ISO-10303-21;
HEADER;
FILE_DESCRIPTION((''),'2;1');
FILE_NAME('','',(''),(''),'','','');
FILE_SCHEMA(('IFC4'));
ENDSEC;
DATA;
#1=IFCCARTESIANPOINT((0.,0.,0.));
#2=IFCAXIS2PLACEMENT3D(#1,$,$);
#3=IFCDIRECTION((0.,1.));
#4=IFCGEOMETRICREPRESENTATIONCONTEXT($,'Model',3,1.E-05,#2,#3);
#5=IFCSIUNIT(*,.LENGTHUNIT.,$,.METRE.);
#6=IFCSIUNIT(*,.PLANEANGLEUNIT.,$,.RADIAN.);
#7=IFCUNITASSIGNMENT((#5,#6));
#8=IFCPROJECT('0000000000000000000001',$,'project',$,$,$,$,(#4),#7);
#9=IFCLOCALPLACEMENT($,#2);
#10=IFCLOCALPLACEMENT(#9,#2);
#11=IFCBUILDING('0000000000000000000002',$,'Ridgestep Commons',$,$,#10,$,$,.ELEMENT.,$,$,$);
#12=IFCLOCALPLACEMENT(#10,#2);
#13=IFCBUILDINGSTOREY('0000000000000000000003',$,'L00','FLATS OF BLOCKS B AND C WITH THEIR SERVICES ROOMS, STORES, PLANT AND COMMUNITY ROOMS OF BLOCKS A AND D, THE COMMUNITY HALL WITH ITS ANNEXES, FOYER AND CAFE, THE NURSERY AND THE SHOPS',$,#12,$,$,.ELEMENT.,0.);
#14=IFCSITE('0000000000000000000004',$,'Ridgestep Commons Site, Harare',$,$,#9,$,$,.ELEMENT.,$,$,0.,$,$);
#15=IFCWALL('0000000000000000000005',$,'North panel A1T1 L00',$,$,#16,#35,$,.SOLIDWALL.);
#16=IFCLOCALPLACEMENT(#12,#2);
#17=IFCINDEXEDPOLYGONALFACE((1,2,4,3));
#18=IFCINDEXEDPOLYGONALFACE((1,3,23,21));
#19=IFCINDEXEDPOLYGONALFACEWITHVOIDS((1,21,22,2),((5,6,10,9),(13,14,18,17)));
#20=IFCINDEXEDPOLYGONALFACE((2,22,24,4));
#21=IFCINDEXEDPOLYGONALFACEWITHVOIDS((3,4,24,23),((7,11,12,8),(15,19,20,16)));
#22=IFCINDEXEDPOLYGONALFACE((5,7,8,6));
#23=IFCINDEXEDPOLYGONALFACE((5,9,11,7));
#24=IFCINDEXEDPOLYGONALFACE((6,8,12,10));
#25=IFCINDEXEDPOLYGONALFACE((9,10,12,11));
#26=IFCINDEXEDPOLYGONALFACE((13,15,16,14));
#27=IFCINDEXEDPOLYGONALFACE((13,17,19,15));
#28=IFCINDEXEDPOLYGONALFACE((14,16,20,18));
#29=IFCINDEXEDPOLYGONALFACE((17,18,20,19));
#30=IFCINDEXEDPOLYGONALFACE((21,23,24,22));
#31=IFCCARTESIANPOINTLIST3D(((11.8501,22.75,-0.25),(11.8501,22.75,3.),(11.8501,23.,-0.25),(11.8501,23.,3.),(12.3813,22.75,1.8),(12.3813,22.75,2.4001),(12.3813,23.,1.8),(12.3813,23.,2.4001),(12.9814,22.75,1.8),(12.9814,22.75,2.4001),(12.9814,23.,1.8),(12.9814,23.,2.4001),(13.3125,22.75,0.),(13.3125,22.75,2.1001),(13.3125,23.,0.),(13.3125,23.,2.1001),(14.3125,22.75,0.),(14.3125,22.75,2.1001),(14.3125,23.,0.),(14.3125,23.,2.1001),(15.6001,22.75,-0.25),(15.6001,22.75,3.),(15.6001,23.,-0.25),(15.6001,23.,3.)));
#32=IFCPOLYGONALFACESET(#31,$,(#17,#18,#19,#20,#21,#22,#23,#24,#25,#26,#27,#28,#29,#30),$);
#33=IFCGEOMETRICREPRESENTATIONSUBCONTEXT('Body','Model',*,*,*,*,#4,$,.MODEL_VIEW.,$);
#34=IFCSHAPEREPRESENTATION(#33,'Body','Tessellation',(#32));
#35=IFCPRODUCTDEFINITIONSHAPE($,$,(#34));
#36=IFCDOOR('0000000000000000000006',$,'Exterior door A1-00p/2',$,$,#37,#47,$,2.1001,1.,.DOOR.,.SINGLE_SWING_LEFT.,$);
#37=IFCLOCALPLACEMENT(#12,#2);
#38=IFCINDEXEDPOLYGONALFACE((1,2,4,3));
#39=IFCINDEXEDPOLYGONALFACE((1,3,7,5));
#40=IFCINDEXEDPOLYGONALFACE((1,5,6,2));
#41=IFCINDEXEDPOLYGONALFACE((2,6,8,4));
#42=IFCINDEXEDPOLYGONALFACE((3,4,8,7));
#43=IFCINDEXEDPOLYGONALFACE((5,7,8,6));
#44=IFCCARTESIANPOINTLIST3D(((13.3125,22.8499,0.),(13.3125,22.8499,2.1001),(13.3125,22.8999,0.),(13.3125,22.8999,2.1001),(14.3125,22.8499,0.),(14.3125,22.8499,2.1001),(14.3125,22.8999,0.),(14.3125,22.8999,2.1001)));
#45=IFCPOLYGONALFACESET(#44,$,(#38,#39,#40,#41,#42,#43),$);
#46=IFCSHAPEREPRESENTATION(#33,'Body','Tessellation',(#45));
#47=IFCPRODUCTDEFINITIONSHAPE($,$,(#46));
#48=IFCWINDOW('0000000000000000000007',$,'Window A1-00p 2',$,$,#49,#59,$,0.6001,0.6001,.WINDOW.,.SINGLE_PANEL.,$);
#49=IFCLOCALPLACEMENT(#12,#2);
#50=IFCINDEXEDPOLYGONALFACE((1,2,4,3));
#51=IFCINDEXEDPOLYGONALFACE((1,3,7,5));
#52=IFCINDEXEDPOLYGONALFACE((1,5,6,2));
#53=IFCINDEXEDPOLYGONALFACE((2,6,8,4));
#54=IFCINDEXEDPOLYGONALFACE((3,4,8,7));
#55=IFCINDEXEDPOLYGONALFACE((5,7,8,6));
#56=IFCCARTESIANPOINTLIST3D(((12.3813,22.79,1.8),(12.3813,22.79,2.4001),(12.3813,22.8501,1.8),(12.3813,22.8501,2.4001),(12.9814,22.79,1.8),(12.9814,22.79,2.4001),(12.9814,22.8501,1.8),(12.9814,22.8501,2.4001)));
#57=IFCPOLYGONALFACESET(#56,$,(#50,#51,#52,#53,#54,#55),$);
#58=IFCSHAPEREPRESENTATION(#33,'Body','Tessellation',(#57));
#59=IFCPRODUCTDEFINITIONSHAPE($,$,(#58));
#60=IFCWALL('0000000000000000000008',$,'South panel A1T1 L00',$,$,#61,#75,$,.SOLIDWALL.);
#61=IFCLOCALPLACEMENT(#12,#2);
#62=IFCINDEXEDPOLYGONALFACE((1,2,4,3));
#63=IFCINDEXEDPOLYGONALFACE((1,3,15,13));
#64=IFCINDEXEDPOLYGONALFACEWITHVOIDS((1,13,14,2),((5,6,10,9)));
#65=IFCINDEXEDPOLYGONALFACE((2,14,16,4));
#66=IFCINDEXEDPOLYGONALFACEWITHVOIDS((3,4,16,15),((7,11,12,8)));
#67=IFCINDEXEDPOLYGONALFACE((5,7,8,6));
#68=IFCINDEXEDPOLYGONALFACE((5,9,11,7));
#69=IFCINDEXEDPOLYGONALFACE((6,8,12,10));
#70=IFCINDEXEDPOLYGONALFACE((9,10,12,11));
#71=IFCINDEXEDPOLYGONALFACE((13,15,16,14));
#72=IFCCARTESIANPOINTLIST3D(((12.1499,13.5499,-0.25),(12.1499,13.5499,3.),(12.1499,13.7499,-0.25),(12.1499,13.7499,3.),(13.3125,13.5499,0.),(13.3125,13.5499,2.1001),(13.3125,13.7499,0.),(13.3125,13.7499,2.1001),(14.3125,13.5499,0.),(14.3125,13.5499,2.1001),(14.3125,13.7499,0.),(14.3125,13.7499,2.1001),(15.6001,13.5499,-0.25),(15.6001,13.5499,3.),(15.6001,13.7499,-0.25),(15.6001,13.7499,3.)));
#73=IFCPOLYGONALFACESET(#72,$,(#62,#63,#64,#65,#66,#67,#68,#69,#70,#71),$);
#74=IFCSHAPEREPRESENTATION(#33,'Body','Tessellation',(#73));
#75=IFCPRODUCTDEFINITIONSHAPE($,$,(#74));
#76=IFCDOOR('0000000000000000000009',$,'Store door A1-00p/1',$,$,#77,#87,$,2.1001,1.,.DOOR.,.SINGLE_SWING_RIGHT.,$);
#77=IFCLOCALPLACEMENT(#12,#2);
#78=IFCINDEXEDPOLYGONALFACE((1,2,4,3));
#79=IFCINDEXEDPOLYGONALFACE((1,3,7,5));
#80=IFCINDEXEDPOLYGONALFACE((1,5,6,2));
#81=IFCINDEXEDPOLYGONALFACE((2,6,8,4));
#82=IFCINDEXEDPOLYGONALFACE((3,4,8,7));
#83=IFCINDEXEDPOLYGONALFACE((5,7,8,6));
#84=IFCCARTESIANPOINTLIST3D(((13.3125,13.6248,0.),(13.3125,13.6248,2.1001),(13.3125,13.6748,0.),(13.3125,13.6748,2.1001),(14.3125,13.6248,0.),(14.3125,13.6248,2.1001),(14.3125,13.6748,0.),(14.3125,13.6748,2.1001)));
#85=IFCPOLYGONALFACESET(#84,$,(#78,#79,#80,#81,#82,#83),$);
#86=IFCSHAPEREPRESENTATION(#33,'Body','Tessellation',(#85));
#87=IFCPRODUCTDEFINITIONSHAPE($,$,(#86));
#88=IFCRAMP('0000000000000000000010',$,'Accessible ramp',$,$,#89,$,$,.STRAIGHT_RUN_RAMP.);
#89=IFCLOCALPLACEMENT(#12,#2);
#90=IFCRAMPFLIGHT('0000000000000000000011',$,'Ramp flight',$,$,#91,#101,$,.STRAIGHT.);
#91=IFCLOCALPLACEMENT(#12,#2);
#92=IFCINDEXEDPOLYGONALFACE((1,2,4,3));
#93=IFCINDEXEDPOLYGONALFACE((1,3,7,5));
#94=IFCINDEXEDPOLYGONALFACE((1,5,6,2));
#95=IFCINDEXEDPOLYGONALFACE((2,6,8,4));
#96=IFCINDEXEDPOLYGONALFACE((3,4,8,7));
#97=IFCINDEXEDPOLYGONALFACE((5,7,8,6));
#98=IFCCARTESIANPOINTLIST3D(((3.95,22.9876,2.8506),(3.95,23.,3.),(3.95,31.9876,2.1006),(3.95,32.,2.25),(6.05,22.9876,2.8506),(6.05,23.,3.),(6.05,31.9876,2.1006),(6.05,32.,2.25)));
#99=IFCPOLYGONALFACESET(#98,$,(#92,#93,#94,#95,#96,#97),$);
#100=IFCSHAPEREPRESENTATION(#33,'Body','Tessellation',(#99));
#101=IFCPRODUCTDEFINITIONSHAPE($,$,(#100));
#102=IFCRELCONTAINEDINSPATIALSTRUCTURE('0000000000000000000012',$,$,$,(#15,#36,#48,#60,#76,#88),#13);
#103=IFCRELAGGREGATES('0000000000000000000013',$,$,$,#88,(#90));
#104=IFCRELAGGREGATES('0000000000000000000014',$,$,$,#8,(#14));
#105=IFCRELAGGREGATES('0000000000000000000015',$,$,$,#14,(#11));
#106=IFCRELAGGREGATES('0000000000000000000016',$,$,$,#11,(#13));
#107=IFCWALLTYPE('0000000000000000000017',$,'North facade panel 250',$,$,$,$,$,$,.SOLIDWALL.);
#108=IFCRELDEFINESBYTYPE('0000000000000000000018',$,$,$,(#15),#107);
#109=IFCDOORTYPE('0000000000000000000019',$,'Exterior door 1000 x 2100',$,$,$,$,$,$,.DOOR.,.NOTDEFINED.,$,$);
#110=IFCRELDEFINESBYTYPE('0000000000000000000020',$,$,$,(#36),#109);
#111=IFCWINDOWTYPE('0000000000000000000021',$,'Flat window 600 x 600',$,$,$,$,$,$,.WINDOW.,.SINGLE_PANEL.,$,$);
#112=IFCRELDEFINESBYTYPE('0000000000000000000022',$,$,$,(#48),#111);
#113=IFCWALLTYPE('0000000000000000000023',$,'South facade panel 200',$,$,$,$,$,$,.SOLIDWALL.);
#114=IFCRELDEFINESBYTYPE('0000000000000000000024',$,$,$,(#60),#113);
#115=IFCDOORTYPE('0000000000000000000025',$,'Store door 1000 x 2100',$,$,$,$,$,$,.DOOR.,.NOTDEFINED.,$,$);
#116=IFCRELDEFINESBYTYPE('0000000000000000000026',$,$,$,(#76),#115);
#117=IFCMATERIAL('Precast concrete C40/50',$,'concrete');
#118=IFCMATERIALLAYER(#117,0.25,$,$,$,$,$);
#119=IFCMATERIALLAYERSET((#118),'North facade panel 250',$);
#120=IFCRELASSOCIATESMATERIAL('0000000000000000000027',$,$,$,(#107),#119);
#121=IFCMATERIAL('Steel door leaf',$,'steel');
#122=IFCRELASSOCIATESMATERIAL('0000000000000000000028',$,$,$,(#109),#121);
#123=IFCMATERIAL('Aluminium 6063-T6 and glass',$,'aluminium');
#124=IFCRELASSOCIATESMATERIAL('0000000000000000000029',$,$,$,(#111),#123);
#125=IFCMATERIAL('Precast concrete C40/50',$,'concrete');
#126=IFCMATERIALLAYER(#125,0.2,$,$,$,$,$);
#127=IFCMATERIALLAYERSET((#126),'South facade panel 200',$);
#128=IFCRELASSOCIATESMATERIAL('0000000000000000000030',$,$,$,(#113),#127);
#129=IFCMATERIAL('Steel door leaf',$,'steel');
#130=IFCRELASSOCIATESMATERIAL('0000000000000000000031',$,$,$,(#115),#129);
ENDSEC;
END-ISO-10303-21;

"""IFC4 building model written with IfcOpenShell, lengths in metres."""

from ifc_helpers import new_model, si_unit, direction, frame, frame_2d, origin, place, context, subcontext, project, spatial, polyline, rectangle, outline, extrude, material, layer, layer_set, type_object, element, fill, aggregate, save


model = new_model("IFC4")

# Units and contexts
model_context = context("Model", 3, precision=1e-05, world=origin(), true_north=direction((0.0, 1.0)))
body_context = subcontext(model_context, "Body", "Model", "MODEL_VIEW")
ifc_project = project(units=[si_unit("LENGTHUNIT", "METRE"), si_unit("PLANEANGLEUNIT", "RADIAN")], contexts=[model_context])

# Site, building, storey
site_placement = place(None, origin())
site = spatial("IfcSite", under=ifc_project, at=site_placement, Name="Ridgestep Commons Site, Harare", CompositionType="ELEMENT", RefElevation=0.0)
building_placement = place(site_placement, origin())
building = spatial("IfcBuilding", under=site, at=building_placement, Name="Ridgestep Commons", CompositionType="ELEMENT")
storey_placement = place(building_placement, origin())
storey = spatial("IfcBuildingStorey", under=building, at=storey_placement, Name="L00", Description="FLATS OF BLOCKS B AND C WITH THEIR SERVICES ROOMS, STORES, PLANT AND COMMUNITY ROOMS OF BLOCKS A AND D, THE COMMUNITY HALL WITH ITS ANNEXES, FOYER AND CAFE, THE NURSERY AND THE SHOPS", CompositionType="ELEMENT", Elevation=0.0)

# Wall, openings, door, window
ifc_material_1 = material(Name="Precast concrete C40/50", Category="concrete")
ifc_layer_1 = layer(ifc_material_1, 0.25)
ifc_layer_set_1 = layer_set([ifc_layer_1], Name="North facade panel 250")
wall_type_1 = type_object("IfcWallType", Name="North facade panel 250", PredefinedType="SOLIDWALL", material=ifc_layer_set_1)
wall_1_placement = place(storey_placement, frame((11.8501, 22.875, -0.25), z_axis=(0.0, 0.0, 1.0), x_axis=(1.0, 0.0, 0.0)))
wall_1 = element("IfcWall", 1, at=wall_1_placement, inside=storey, type_object=wall_type_1, Name="North panel A1T1 L00", PredefinedType="SOLIDWALL", context=body_context, shape_type="SweptSolid", body=[
    extrude(rectangle(XDim=3.75, YDim=0.25, at=frame_2d((1.875, 0.0))), origin(), (0.0, 0.0, 1.0), 3.25),
])
opening_1_placement = place(wall_1_placement, frame((0.5312, 0.0, 2.05)))
opening_1 = element("IfcOpeningElement", 2, at=opening_1_placement, cuts=wall_1, PredefinedType="OPENING", context=body_context, shape_type="SweptSolid", body=[
    extrude(rectangle(XDim=0.6001, YDim=0.6001, at=frame_2d((0.3, 0.3))), frame((0.0, 0.135, 0.0), z_axis=(0.0, -1.0, 0.0), x_axis=(1.0, 0.0, 0.0)), (0.0, 0.0, 1.0), 0.27),
])
opening_2_placement = place(wall_1_placement, frame((1.4624, 0.0, 0.25)))
opening_2 = element("IfcOpeningElement", 3, at=opening_2_placement, cuts=wall_1, PredefinedType="OPENING", context=body_context, shape_type="SweptSolid", body=[
    extrude(rectangle(XDim=1.0, YDim=2.1001, at=frame_2d((0.5, 1.05))), frame((0.0, 0.135, 0.0), z_axis=(0.0, -1.0, 0.0), x_axis=(1.0, 0.0, 0.0)), (0.0, 0.0, 1.0), 0.27),
])
ifc_material_2 = material(Name="Steel door leaf", Category="steel")
door_type_1 = type_object("IfcDoorType", Name="Exterior door 1000 x 2100", OperationType="NOTDEFINED", PredefinedType="DOOR", material=ifc_material_2)
door_1_placement = place(opening_2_placement, origin())
door_1 = element("IfcDoor", 4, at=door_1_placement, inside=storey, type_object=door_type_1, Name="Exterior door A1-00p/2", OperationType="SINGLE_SWING_LEFT", OverallHeight=2.1001, OverallWidth=1.0, PredefinedType="DOOR", context=body_context, shape_type="SweptSolid", body=[
    extrude(rectangle(XDim=1.0, YDim=2.1001, at=frame_2d((0.5, 1.05))), frame((0.0, 0.0249, 0.0), z_axis=(0.0, -1.0, 0.0), x_axis=(1.0, 0.0, 0.0)), (0.0, 0.0, 1.0), 0.05),
])
fill(opening_2, door_1)
ifc_material_3 = material(Name="Aluminium 6063-T6 and glass", Category="aluminium")
window_type = type_object("IfcWindowType", Name="Flat window 600 x 600", PartitioningType="SINGLE_PANEL", PredefinedType="WINDOW", material=ifc_material_3)
window_placement = place(opening_1_placement, origin())
window = element("IfcWindow", 5, at=window_placement, inside=storey, type_object=window_type, Name="Window A1-00p 2", OverallHeight=0.6001, OverallWidth=0.6001, PartitioningType="SINGLE_PANEL", PredefinedType="WINDOW", context=body_context, shape_type="SweptSolid", body=[
    extrude(rectangle(XDim=0.6001, YDim=0.6001, at=frame_2d((0.3, 0.3))), frame((0.0, -0.0249, 0.0), z_axis=(0.0, -1.0, 0.0), x_axis=(1.0, 0.0, 0.0)), (0.0, 0.0, 1.0), 0.0601),
])
fill(opening_1, window)

# Wall, opening, door
ifc_material_4 = material(Name="Precast concrete C40/50", Category="concrete")
ifc_layer_2 = layer(ifc_material_4, 0.2)
ifc_layer_set_2 = layer_set([ifc_layer_2], Name="South facade panel 200")
wall_type_2 = type_object("IfcWallType", Name="South facade panel 200", PredefinedType="SOLIDWALL", material=ifc_layer_set_2)
wall_2_placement = place(storey_placement, frame((12.1499, 13.6499, -0.25), z_axis=(0.0, 0.0, 1.0), x_axis=(1.0, 0.0, 0.0)))
wall_2 = element("IfcWall", 6, at=wall_2_placement, inside=storey, type_object=wall_type_2, Name="South panel A1T1 L00", PredefinedType="SOLIDWALL", context=body_context, shape_type="SweptSolid", body=[
    extrude(rectangle(XDim=3.4502, YDim=0.2, at=frame_2d((1.7251, 0.0))), origin(), (0.0, 0.0, 1.0), 3.25),
])
opening_3_placement = place(wall_2_placement, frame((1.1626, 0.0, 0.25)))
opening_3 = element("IfcOpeningElement", 7, at=opening_3_placement, cuts=wall_2, PredefinedType="OPENING", context=body_context, shape_type="SweptSolid", body=[
    extrude(rectangle(XDim=1.0, YDim=2.1001, at=frame_2d((0.5, 1.05))), frame((0.0, 0.1099, 0.0), z_axis=(0.0, -1.0, 0.0), x_axis=(1.0, 0.0, 0.0)), (0.0, 0.0, 1.0), 0.22),
])
ifc_material_5 = material(Name="Steel door leaf", Category="steel")
door_type_2 = type_object("IfcDoorType", Name="Store door 1000 x 2100", OperationType="NOTDEFINED", PredefinedType="DOOR", material=ifc_material_5)
door_2_placement = place(opening_3_placement, origin())
door_2 = element("IfcDoor", 8, at=door_2_placement, inside=storey, type_object=door_type_2, Name="Store door A1-00p/1", OperationType="SINGLE_SWING_RIGHT", OverallHeight=2.1001, OverallWidth=1.0, PredefinedType="DOOR", context=body_context, shape_type="SweptSolid", body=[
    extrude(rectangle(XDim=1.0, YDim=2.1001, at=frame_2d((0.5, 1.05))), frame((0.0, 0.0249, 0.0), z_axis=(0.0, -1.0, 0.0), x_axis=(1.0, 0.0, 0.0)), (0.0, 0.0, 1.0), 0.05),
])
fill(opening_3, door_2)

# Ramp, ramp flight
ramp_placement = place(storey_placement, origin())
ramp = element("IfcRamp", 9, at=ramp_placement, inside=storey, Name="Accessible ramp", PredefinedType="STRAIGHT_RUN_RAMP")
ramp_flight_placement = place(storey_placement, frame((3.95, 32.0, 2.25), z_axis=(0.0, 0.083045, 0.996546), x_axis=(1.0, 0.0, 0.0)))
ramp_flight = element("IfcRampFlight", 10, at=ramp_flight_placement, Name="Ramp flight", PredefinedType="STRAIGHT", context=body_context, shape_type="SweptSolid", body=[
    extrude(outline(polyline([(0.0, 0.0), (2.1001, 0.0), (2.1001, -9.0312), (0.0, -9.0312), (0.0, 0.0)])), origin(), (0.0, 0.0, -1.0), 0.1499),
])
aggregate(ramp, [ramp_flight])

save(model, "model.ifc")
